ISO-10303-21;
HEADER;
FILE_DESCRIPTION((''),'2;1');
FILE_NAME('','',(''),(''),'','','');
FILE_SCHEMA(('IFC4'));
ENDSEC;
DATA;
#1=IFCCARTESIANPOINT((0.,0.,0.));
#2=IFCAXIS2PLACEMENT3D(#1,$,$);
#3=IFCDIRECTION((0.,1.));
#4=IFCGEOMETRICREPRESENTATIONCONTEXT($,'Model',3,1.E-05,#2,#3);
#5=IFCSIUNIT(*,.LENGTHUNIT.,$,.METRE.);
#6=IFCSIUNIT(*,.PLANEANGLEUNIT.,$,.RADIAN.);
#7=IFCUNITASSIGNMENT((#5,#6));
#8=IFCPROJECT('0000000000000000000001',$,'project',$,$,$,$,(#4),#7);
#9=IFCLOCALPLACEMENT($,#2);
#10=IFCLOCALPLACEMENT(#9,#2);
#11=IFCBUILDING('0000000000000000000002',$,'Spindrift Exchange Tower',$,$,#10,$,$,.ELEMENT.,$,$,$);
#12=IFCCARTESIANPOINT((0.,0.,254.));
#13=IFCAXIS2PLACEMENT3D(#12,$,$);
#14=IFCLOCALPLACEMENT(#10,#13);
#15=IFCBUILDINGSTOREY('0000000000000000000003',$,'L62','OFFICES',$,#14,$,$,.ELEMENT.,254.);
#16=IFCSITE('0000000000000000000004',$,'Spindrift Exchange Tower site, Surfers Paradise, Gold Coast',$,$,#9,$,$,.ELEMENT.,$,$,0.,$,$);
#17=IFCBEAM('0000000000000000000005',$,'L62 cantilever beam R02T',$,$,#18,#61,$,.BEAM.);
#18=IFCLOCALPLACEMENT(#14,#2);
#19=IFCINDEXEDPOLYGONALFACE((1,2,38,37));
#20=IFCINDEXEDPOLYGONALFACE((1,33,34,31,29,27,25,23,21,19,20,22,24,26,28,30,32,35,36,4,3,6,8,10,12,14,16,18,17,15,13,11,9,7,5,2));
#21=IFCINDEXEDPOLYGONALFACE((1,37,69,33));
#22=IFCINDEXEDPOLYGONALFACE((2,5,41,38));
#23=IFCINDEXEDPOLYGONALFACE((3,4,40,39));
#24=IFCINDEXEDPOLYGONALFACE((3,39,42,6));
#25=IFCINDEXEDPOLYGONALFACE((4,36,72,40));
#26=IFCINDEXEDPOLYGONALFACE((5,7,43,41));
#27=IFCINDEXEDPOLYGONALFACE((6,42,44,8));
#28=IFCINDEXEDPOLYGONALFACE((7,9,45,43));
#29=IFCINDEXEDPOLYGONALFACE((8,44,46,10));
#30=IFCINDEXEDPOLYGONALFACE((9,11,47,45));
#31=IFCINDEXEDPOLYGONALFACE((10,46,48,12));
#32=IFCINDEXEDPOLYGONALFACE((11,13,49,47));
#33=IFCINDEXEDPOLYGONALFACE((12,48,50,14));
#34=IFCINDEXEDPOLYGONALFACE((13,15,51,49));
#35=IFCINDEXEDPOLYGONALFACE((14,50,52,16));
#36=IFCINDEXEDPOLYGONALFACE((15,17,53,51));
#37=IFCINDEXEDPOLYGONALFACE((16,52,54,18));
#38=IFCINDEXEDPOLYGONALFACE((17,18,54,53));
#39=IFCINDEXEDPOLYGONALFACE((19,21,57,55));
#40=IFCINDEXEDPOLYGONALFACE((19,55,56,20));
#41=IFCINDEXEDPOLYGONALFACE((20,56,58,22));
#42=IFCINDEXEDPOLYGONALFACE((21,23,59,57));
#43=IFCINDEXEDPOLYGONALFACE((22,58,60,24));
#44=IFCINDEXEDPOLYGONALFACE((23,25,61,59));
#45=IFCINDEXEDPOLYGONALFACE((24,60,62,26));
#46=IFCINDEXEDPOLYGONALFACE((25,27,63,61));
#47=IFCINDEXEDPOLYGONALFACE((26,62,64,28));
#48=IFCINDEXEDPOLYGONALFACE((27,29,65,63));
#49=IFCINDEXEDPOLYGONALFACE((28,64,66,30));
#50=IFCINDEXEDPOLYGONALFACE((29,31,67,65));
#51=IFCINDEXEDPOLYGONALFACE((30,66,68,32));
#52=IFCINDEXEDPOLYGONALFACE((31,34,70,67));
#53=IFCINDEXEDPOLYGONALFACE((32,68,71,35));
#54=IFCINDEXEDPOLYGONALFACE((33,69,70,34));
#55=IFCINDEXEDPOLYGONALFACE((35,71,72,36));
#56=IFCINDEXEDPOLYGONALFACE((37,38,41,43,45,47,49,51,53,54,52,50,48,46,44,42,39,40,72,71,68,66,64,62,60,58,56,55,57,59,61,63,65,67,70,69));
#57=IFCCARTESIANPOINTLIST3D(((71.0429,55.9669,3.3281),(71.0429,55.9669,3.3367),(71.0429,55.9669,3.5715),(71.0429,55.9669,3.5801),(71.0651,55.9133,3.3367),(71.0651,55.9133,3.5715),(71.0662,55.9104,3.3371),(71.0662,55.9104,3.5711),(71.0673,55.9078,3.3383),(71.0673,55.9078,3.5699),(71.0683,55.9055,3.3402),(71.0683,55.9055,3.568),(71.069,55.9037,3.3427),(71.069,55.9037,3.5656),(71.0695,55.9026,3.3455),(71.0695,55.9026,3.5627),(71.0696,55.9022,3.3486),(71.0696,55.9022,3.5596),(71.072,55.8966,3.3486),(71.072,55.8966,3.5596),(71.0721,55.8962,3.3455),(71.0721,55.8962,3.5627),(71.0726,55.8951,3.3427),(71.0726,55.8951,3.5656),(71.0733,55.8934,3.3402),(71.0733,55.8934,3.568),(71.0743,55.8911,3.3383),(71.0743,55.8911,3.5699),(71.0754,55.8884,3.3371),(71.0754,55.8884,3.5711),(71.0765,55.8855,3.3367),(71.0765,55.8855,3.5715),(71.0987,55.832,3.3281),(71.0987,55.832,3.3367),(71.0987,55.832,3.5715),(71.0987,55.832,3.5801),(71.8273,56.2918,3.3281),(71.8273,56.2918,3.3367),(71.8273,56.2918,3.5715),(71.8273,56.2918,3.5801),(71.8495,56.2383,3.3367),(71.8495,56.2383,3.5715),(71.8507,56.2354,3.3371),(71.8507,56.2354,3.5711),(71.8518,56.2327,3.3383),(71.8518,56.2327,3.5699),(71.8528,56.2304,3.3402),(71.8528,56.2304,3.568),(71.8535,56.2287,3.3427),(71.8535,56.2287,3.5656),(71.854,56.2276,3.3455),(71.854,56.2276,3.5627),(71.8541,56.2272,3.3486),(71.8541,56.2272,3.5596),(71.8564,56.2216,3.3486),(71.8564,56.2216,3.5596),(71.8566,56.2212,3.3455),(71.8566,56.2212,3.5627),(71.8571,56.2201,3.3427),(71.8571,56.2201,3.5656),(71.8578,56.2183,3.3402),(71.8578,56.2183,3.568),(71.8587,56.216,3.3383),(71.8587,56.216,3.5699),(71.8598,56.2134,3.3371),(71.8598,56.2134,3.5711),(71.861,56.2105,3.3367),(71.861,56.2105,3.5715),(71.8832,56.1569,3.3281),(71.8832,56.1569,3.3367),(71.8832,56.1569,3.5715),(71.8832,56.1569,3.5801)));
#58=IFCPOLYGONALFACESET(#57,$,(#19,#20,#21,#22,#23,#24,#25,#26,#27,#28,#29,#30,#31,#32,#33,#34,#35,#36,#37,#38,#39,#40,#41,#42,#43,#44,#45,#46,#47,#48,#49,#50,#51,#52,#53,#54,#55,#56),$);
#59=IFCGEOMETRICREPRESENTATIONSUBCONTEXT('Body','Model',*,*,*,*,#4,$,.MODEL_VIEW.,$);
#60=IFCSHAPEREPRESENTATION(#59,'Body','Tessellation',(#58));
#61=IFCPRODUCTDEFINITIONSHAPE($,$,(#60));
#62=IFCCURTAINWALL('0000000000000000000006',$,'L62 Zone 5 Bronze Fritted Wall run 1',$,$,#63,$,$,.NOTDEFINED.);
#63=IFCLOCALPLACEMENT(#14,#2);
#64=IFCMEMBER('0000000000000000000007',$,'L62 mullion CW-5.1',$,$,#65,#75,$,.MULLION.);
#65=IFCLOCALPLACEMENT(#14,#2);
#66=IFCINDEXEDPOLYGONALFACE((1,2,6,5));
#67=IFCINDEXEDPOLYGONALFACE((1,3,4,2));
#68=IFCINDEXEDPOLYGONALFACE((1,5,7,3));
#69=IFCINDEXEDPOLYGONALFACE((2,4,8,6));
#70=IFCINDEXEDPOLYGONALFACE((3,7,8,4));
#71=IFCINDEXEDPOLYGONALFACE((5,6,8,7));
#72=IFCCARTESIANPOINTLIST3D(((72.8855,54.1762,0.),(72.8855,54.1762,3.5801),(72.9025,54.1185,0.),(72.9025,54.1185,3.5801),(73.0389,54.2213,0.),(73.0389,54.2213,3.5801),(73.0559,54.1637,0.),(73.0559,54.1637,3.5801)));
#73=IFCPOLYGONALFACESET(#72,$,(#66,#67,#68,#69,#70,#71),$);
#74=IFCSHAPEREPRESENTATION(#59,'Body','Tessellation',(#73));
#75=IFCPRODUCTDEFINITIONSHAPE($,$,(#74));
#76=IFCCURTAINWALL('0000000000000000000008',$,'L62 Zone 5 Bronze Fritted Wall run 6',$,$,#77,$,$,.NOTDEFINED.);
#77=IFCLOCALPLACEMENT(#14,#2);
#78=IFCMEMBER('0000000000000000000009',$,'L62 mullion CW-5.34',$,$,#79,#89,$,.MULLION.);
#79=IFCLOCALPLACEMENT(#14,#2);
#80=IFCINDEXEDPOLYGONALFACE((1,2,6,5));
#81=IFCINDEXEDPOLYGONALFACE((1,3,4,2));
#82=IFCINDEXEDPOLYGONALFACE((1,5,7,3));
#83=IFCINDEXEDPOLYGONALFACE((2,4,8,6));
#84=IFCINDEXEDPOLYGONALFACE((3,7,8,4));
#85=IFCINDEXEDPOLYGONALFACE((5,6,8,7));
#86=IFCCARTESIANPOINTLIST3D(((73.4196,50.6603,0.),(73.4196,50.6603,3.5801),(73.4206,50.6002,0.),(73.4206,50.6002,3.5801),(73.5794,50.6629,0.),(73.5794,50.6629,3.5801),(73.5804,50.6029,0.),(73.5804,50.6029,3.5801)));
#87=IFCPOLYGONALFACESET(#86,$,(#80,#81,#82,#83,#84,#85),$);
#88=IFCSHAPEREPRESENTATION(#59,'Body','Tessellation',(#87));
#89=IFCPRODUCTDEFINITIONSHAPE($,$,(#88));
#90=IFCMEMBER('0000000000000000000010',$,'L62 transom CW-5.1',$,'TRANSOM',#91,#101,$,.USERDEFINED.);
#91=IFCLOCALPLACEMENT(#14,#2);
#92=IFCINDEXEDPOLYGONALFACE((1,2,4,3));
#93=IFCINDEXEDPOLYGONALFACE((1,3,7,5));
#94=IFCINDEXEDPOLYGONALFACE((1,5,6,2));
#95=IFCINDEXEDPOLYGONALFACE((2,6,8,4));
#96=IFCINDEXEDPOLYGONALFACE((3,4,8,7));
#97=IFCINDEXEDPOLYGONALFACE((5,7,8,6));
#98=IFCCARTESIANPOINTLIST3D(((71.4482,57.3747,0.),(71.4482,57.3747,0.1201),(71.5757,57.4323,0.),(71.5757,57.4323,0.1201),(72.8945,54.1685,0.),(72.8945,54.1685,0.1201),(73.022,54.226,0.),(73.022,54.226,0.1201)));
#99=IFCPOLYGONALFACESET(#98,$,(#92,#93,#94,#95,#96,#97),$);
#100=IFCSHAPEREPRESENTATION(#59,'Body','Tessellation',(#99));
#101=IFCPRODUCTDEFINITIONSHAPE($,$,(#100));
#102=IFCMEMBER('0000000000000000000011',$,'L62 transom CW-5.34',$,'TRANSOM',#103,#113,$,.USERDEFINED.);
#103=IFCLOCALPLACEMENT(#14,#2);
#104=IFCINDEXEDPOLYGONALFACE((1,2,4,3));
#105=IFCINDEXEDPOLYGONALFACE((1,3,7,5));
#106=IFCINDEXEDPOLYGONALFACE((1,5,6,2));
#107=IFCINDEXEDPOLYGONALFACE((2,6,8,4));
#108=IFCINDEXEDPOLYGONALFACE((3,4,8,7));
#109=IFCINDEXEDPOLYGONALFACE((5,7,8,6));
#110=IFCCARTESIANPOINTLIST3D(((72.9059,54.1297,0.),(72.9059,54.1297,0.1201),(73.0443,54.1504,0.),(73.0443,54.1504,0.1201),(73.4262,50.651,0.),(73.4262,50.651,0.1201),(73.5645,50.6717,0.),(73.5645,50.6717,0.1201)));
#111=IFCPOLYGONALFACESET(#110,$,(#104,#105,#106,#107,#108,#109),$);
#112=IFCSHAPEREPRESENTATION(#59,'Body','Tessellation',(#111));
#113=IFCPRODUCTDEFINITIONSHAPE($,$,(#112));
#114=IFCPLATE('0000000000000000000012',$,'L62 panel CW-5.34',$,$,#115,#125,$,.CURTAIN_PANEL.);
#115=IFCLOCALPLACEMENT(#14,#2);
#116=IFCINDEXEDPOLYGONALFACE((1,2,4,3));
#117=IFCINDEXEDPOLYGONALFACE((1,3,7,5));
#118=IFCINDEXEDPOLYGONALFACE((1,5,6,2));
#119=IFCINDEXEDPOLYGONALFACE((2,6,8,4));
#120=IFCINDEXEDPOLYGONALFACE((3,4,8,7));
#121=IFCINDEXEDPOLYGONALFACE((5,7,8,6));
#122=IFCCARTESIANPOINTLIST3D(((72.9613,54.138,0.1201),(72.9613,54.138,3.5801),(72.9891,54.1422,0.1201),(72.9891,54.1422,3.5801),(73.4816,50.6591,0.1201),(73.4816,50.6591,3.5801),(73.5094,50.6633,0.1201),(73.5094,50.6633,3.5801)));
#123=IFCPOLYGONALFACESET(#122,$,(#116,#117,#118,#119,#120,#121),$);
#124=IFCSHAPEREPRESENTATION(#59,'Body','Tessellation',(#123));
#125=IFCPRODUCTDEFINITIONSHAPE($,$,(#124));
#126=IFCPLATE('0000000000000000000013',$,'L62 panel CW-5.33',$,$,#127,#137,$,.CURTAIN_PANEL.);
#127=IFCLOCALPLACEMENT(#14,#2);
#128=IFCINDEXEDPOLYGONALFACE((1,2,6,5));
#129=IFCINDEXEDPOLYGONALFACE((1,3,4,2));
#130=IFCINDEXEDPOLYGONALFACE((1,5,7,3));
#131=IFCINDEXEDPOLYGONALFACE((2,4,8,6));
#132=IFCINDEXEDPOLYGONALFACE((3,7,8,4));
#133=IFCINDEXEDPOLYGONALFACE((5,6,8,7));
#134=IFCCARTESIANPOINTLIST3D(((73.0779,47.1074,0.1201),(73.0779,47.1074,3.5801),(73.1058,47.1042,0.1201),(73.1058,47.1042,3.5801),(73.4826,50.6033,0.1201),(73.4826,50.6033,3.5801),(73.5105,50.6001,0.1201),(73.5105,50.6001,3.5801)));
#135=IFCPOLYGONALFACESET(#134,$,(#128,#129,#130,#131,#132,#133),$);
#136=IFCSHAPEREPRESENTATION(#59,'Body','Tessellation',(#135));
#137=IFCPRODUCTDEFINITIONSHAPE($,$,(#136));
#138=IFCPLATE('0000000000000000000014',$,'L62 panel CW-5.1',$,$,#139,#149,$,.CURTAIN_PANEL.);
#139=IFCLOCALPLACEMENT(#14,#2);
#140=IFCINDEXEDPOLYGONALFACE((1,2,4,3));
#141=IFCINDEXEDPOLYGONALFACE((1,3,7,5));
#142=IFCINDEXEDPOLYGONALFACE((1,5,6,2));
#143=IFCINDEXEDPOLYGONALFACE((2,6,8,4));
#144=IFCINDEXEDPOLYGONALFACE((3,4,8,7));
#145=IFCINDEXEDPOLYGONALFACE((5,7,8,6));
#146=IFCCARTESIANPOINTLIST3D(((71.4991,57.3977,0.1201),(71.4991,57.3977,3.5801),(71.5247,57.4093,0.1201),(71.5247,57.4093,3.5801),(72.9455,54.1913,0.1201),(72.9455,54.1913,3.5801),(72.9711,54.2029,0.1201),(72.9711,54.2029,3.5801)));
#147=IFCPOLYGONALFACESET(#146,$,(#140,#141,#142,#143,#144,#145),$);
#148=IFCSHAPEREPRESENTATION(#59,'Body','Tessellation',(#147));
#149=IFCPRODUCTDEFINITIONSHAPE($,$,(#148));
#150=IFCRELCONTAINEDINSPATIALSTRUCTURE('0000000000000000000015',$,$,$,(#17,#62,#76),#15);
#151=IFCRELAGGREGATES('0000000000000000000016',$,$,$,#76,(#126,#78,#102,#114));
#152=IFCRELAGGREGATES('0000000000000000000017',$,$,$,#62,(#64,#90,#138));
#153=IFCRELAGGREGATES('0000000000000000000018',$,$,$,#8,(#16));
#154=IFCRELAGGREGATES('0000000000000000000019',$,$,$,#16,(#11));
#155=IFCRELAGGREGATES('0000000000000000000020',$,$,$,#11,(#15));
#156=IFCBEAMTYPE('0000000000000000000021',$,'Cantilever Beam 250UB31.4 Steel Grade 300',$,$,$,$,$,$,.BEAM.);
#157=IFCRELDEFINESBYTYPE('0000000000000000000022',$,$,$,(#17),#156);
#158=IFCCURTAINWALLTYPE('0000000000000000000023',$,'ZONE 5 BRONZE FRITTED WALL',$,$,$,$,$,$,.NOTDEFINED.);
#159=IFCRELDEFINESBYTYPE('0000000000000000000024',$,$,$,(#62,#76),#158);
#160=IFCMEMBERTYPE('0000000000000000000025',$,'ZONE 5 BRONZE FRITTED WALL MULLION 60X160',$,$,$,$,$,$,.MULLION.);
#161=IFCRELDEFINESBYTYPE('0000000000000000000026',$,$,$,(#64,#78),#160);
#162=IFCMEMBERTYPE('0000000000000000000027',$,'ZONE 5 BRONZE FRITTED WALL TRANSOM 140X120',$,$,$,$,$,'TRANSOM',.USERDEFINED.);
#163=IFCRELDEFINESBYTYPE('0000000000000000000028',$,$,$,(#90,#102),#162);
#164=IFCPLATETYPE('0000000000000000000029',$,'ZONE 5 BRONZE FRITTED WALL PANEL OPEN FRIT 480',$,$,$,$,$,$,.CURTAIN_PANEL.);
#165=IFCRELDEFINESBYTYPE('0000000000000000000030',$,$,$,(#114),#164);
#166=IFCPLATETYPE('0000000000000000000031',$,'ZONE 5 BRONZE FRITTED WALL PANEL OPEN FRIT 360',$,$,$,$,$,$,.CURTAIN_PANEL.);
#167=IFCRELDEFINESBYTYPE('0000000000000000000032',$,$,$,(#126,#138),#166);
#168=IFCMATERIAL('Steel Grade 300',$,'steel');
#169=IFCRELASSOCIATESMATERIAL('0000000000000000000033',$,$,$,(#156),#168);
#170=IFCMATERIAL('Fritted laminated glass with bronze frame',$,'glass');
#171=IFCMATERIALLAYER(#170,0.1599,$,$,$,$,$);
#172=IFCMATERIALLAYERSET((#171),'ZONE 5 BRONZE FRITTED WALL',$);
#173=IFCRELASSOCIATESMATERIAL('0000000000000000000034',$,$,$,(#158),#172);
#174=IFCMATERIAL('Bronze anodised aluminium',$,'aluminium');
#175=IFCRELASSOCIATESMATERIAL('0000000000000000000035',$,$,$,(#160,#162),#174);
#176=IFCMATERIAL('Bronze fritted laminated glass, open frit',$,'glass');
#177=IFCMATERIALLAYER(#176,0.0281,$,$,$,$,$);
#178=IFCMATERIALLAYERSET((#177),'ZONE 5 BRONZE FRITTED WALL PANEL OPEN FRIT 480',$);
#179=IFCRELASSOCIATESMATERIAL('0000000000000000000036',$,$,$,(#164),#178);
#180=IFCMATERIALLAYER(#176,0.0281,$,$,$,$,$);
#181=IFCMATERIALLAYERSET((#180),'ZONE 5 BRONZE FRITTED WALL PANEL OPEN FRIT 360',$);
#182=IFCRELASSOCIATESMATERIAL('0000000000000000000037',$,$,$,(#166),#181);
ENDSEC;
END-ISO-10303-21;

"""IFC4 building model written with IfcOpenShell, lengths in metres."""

from ifc_helpers import new_model, si_unit, direction, frame, origin, origin_2d, place, context, subcontext, project, spatial, rectangle, i_section, extrude, source, transform, mapped, material, layer, layer_set, material_profile, profile_set, type_object, element, aggregate, save


model = new_model("IFC4")

# Units and contexts
model_context = context("Model", 3, precision=1e-05, world=origin(), true_north=direction((0.0, 1.0)))
body_context = subcontext(model_context, "Body", "Model", "MODEL_VIEW")
ifc_project = project(units=[si_unit("LENGTHUNIT", "METRE"), si_unit("PLANEANGLEUNIT", "RADIAN")], contexts=[model_context])

# Site, building, storey
site_placement = place(None, origin())
site = spatial("IfcSite", under=ifc_project, at=site_placement, Name="Spindrift Exchange Tower site, Surfers Paradise, Gold Coast", CompositionType="ELEMENT", RefElevation=0.0)
building_placement = place(site_placement, origin())
building = spatial("IfcBuilding", under=site, at=building_placement, Name="Spindrift Exchange Tower", CompositionType="ELEMENT")
storey_placement = place(building_placement, frame((0.0, 0.0, 254.0)))
storey = spatial("IfcBuildingStorey", under=building, at=storey_placement, Name="L62", Description="OFFICES", CompositionType="ELEMENT", Elevation=254.0)

# Beam
ifc_material_1 = material(Name="Steel Grade 300", Category="steel")
ifc_material_profile_1 = material_profile(ifc_material_1, i_section(OverallWidth=0.146, OverallDepth=0.252, WebThickness=0.0061, FlangeThickness=0.0085, FilletRadius=0.012, at=origin_2d()), Name="250UB31.4")
ifc_profile_set_1 = profile_set([ifc_material_profile_1], Name="Steel Grade 300")
beam_type_1 = type_object("IfcBeamType", Name="Cantilever Beam 250UB31.4 Steel Grade 300", PredefinedType="BEAM", material=ifc_profile_set_1)
shared_shape_1 = source(origin(), body_context, "Body", "SweptSolid", [
    extrude(i_section(OverallWidth=0.146, OverallDepth=0.252, WebThickness=0.0061, FlangeThickness=0.0085, FilletRadius=0.012, at=origin_2d()), origin(), (0.0, 0.0, 1.0), 0.8491),
])
beam_1_placement = place(storey_placement, frame((71.0708, 55.8994, 3.4541), z_axis=(0.923866, 0.382716, 0.0), x_axis=(-0.382716, 0.923866, 0.0)))
element("IfcBeam", 1, at=beam_1_placement, inside=storey, type_object=beam_type_1, Name="L62 cantilever beam R02T", PredefinedType="BEAM", context=body_context, shape_type="MappedRepresentation", body=[
    mapped(shared_shape_1, transform((0.0, 0.0, 0.0), scale=1.0)),
])

# Curtain walls, members
ifc_material_2 = material(Name="Fritted laminated glass with bronze frame", Category="glass")
ifc_layer_1 = layer(ifc_material_2, 0.1599)
ifc_layer_set_1 = layer_set([ifc_layer_1], Name="ZONE 5 BRONZE FRITTED WALL")
curtain_wall_type = type_object("IfcCurtainWallType", Name="ZONE 5 BRONZE FRITTED WALL", PredefinedType="NOTDEFINED", material=ifc_layer_set_1)
curtain_wall_1_placement = place(storey_placement, origin())
curtain_wall_1 = element("IfcCurtainWall", 2, at=curtain_wall_1_placement, inside=storey, type_object=curtain_wall_type, Name="L62 Zone 5 Bronze Fritted Wall run 1", PredefinedType="NOTDEFINED")
ifc_material_3 = material(Name="Bronze anodised aluminium", Category="aluminium")
ifc_material_profile_2 = material_profile(ifc_material_3, rectangle(XDim=0.0601, YDim=0.1599, at=origin_2d()), Name="ZONE 5 BRONZE FRITTED WALL MULLION 60X160")
ifc_profile_set_2 = profile_set([ifc_material_profile_2], Name="Bronze anodised aluminium")
member_type_1 = type_object("IfcMemberType", Name="ZONE 5 BRONZE FRITTED WALL MULLION 60X160", PredefinedType="MULLION", material=ifc_profile_set_2)
shared_shape_2 = source(origin(), body_context, "Body", "SweptSolid", [
    extrude(rectangle(XDim=0.0601, YDim=0.1599, at=origin_2d()), origin(), (0.0, 0.0, 1.0), 3.5801),
])
member_1_placement = place(storey_placement, frame((72.9707, 54.1699, 0.0), z_axis=(0.0, 0.0, 1.0), x_axis=(-0.282238, 0.959345, 0.0)))
member_1 = element("IfcMember", 3, at=member_1_placement, type_object=member_type_1, Name="L62 mullion CW-5.1", PredefinedType="MULLION", context=body_context, shape_type="MappedRepresentation", body=[
    mapped(shared_shape_2, transform((0.0, 0.0, 0.0), scale=1.0)),
])
curtain_wall_2_placement = place(storey_placement, origin())
curtain_wall_2 = element("IfcCurtainWall", 4, at=curtain_wall_2_placement, inside=storey, type_object=curtain_wall_type, Name="L62 Zone 5 Bronze Fritted Wall run 6", PredefinedType="NOTDEFINED")
member_2_placement = place(storey_placement, frame((73.5, 50.6316, 0.0), z_axis=(0.0, 0.0, 1.0), x_axis=(-0.016609, 0.999862, 0.0)))
member_2 = element("IfcMember", 5, at=member_2_placement, type_object=member_type_1, Name="L62 mullion CW-5.34", PredefinedType="MULLION", context=body_context, shape_type="MappedRepresentation", body=[
    mapped(shared_shape_2, transform((0.0, 0.0, 0.0), scale=1.0)),
])

# Members
ifc_material_profile_3 = material_profile(ifc_material_3, rectangle(XDim=0.1399, YDim=0.1201, at=origin_2d()), Name="ZONE 5 BRONZE FRITTED WALL TRANSOM 140X120")
ifc_profile_set_3 = profile_set([ifc_material_profile_3], Name="Bronze anodised aluminium")
member_type_2 = type_object("IfcMemberType", Name="ZONE 5 BRONZE FRITTED WALL TRANSOM 140X120", ElementType="TRANSOM", PredefinedType="USERDEFINED", material=ifc_profile_set_3)
shared_shape_3 = source(origin(), body_context, "Body", "SweptSolid", [
    extrude(rectangle(XDim=0.1399, YDim=0.1201, at=origin_2d()), origin(), (0.0, 0.0, 1.0), 3.5173),
])
member_3_placement = place(storey_placement, frame((72.9583, 54.1973, 0.0601), z_axis=(-0.411181, 0.911554, 0.0), x_axis=(-0.911554, -0.411181, 0.0)))
member_3 = element("IfcMember", 6, at=member_3_placement, type_object=member_type_2, Name="L62 transom CW-5.1", ObjectType="TRANSOM", PredefinedType="USERDEFINED", context=body_context, shape_type="MappedRepresentation", body=[
    mapped(shared_shape_3, transform((0.0, 0.0, 0.0), scale=1.0)),
])
member_4_placement = place(storey_placement, frame((73.4954, 50.6614, 0.0601), z_axis=(-0.147909, 0.989001, 0.0), x_axis=(-0.989001, -0.147909, 0.0)))
member_4 = element("IfcMember", 7, at=member_4_placement, type_object=member_type_2, Name="L62 transom CW-5.34", ObjectType="TRANSOM", PredefinedType="USERDEFINED", context=body_context, shape_type="MappedRepresentation", body=[
    mapped(shared_shape_3, transform((0.0, 0.0, 0.0), scale=1.0)),
])

# Plates
ifc_material_4 = material(Name="Bronze fritted laminated glass, open frit", Category="glass")
ifc_layer_2 = layer(ifc_material_4, 0.0281)
ifc_layer_set_2 = layer_set([ifc_layer_2], Name="ZONE 5 BRONZE FRITTED WALL PANEL OPEN FRIT 480")
plate_type_1 = type_object("IfcPlateType", Name="ZONE 5 BRONZE FRITTED WALL PANEL OPEN FRIT 480", PredefinedType="CURTAIN_PANEL", material=ifc_layer_set_2)
shared_shape_4 = source(origin(), body_context, "Body", "SweptSolid", [
    extrude(rectangle(XDim=3.5176, YDim=0.0281, at=origin_2d()), origin(), (0.0, 0.0, 1.0), 3.46),
])
plate_1_placement = place(storey_placement, frame((73.2354, 52.4006, 0.1201), z_axis=(0.0, 0.0, 1.0), x_axis=(-0.147922, 0.988999, 0.0)))
plate_1 = element("IfcPlate", 8, at=plate_1_placement, type_object=plate_type_1, Name="L62 panel CW-5.34", PredefinedType="CURTAIN_PANEL", context=body_context, shape_type="MappedRepresentation", body=[
    mapped(shared_shape_4, transform((0.0, 0.0, 0.0), scale=1.0)),
])
ifc_layer_3 = layer(ifc_material_4, 0.0281)
ifc_layer_set_3 = layer_set([ifc_layer_3], Name="ZONE 5 BRONZE FRITTED WALL PANEL OPEN FRIT 360")
plate_type_2 = type_object("IfcPlateType", Name="ZONE 5 BRONZE FRITTED WALL PANEL OPEN FRIT 360", PredefinedType="CURTAIN_PANEL", material=ifc_layer_set_3)
shared_shape_5 = source(origin(), body_context, "Body", "SweptSolid", [
    extrude(rectangle(XDim=3.5193, YDim=0.0281, at=origin_2d()), origin(), (0.0, 0.0, 1.0), 3.46),
])
plate_2_placement = place(storey_placement, frame((73.2942, 48.8538, 0.1201), z_axis=(0.0, 0.0, 1.0), x_axis=(0.114993, 0.993366, 0.0)))
plate_2 = element("IfcPlate", 9, at=plate_2_placement, type_object=plate_type_2, Name="L62 panel CW-5.33", PredefinedType="CURTAIN_PANEL", context=body_context, shape_type="MappedRepresentation", body=[
    mapped(shared_shape_5, transform((0.0, 0.0, 0.0), scale=1.0)),
])
aggregate(curtain_wall_2, [plate_2, member_2, member_4, plate_1])
shared_shape_6 = source(origin(), body_context, "Body", "SweptSolid", [
    extrude(rectangle(XDim=3.5176, YDim=0.0281, at=origin_2d()), origin(), (0.0, 0.0, 1.0), 3.46),
])
plate_3_placement = place(storey_placement, frame((72.2351, 55.8003, 0.1201), z_axis=(0.0, 0.0, 1.0), x_axis=(-0.411214, 0.911539, 0.0)))
plate_3 = element("IfcPlate", 10, at=plate_3_placement, type_object=plate_type_2, Name="L62 panel CW-5.1", PredefinedType="CURTAIN_PANEL", context=body_context, shape_type="MappedRepresentation", body=[
    mapped(shared_shape_6, transform((0.0, 0.0, 0.0), scale=1.0)),
])
aggregate(curtain_wall_1, [member_1, member_3, plate_3])

save(model, "model.ifc")
